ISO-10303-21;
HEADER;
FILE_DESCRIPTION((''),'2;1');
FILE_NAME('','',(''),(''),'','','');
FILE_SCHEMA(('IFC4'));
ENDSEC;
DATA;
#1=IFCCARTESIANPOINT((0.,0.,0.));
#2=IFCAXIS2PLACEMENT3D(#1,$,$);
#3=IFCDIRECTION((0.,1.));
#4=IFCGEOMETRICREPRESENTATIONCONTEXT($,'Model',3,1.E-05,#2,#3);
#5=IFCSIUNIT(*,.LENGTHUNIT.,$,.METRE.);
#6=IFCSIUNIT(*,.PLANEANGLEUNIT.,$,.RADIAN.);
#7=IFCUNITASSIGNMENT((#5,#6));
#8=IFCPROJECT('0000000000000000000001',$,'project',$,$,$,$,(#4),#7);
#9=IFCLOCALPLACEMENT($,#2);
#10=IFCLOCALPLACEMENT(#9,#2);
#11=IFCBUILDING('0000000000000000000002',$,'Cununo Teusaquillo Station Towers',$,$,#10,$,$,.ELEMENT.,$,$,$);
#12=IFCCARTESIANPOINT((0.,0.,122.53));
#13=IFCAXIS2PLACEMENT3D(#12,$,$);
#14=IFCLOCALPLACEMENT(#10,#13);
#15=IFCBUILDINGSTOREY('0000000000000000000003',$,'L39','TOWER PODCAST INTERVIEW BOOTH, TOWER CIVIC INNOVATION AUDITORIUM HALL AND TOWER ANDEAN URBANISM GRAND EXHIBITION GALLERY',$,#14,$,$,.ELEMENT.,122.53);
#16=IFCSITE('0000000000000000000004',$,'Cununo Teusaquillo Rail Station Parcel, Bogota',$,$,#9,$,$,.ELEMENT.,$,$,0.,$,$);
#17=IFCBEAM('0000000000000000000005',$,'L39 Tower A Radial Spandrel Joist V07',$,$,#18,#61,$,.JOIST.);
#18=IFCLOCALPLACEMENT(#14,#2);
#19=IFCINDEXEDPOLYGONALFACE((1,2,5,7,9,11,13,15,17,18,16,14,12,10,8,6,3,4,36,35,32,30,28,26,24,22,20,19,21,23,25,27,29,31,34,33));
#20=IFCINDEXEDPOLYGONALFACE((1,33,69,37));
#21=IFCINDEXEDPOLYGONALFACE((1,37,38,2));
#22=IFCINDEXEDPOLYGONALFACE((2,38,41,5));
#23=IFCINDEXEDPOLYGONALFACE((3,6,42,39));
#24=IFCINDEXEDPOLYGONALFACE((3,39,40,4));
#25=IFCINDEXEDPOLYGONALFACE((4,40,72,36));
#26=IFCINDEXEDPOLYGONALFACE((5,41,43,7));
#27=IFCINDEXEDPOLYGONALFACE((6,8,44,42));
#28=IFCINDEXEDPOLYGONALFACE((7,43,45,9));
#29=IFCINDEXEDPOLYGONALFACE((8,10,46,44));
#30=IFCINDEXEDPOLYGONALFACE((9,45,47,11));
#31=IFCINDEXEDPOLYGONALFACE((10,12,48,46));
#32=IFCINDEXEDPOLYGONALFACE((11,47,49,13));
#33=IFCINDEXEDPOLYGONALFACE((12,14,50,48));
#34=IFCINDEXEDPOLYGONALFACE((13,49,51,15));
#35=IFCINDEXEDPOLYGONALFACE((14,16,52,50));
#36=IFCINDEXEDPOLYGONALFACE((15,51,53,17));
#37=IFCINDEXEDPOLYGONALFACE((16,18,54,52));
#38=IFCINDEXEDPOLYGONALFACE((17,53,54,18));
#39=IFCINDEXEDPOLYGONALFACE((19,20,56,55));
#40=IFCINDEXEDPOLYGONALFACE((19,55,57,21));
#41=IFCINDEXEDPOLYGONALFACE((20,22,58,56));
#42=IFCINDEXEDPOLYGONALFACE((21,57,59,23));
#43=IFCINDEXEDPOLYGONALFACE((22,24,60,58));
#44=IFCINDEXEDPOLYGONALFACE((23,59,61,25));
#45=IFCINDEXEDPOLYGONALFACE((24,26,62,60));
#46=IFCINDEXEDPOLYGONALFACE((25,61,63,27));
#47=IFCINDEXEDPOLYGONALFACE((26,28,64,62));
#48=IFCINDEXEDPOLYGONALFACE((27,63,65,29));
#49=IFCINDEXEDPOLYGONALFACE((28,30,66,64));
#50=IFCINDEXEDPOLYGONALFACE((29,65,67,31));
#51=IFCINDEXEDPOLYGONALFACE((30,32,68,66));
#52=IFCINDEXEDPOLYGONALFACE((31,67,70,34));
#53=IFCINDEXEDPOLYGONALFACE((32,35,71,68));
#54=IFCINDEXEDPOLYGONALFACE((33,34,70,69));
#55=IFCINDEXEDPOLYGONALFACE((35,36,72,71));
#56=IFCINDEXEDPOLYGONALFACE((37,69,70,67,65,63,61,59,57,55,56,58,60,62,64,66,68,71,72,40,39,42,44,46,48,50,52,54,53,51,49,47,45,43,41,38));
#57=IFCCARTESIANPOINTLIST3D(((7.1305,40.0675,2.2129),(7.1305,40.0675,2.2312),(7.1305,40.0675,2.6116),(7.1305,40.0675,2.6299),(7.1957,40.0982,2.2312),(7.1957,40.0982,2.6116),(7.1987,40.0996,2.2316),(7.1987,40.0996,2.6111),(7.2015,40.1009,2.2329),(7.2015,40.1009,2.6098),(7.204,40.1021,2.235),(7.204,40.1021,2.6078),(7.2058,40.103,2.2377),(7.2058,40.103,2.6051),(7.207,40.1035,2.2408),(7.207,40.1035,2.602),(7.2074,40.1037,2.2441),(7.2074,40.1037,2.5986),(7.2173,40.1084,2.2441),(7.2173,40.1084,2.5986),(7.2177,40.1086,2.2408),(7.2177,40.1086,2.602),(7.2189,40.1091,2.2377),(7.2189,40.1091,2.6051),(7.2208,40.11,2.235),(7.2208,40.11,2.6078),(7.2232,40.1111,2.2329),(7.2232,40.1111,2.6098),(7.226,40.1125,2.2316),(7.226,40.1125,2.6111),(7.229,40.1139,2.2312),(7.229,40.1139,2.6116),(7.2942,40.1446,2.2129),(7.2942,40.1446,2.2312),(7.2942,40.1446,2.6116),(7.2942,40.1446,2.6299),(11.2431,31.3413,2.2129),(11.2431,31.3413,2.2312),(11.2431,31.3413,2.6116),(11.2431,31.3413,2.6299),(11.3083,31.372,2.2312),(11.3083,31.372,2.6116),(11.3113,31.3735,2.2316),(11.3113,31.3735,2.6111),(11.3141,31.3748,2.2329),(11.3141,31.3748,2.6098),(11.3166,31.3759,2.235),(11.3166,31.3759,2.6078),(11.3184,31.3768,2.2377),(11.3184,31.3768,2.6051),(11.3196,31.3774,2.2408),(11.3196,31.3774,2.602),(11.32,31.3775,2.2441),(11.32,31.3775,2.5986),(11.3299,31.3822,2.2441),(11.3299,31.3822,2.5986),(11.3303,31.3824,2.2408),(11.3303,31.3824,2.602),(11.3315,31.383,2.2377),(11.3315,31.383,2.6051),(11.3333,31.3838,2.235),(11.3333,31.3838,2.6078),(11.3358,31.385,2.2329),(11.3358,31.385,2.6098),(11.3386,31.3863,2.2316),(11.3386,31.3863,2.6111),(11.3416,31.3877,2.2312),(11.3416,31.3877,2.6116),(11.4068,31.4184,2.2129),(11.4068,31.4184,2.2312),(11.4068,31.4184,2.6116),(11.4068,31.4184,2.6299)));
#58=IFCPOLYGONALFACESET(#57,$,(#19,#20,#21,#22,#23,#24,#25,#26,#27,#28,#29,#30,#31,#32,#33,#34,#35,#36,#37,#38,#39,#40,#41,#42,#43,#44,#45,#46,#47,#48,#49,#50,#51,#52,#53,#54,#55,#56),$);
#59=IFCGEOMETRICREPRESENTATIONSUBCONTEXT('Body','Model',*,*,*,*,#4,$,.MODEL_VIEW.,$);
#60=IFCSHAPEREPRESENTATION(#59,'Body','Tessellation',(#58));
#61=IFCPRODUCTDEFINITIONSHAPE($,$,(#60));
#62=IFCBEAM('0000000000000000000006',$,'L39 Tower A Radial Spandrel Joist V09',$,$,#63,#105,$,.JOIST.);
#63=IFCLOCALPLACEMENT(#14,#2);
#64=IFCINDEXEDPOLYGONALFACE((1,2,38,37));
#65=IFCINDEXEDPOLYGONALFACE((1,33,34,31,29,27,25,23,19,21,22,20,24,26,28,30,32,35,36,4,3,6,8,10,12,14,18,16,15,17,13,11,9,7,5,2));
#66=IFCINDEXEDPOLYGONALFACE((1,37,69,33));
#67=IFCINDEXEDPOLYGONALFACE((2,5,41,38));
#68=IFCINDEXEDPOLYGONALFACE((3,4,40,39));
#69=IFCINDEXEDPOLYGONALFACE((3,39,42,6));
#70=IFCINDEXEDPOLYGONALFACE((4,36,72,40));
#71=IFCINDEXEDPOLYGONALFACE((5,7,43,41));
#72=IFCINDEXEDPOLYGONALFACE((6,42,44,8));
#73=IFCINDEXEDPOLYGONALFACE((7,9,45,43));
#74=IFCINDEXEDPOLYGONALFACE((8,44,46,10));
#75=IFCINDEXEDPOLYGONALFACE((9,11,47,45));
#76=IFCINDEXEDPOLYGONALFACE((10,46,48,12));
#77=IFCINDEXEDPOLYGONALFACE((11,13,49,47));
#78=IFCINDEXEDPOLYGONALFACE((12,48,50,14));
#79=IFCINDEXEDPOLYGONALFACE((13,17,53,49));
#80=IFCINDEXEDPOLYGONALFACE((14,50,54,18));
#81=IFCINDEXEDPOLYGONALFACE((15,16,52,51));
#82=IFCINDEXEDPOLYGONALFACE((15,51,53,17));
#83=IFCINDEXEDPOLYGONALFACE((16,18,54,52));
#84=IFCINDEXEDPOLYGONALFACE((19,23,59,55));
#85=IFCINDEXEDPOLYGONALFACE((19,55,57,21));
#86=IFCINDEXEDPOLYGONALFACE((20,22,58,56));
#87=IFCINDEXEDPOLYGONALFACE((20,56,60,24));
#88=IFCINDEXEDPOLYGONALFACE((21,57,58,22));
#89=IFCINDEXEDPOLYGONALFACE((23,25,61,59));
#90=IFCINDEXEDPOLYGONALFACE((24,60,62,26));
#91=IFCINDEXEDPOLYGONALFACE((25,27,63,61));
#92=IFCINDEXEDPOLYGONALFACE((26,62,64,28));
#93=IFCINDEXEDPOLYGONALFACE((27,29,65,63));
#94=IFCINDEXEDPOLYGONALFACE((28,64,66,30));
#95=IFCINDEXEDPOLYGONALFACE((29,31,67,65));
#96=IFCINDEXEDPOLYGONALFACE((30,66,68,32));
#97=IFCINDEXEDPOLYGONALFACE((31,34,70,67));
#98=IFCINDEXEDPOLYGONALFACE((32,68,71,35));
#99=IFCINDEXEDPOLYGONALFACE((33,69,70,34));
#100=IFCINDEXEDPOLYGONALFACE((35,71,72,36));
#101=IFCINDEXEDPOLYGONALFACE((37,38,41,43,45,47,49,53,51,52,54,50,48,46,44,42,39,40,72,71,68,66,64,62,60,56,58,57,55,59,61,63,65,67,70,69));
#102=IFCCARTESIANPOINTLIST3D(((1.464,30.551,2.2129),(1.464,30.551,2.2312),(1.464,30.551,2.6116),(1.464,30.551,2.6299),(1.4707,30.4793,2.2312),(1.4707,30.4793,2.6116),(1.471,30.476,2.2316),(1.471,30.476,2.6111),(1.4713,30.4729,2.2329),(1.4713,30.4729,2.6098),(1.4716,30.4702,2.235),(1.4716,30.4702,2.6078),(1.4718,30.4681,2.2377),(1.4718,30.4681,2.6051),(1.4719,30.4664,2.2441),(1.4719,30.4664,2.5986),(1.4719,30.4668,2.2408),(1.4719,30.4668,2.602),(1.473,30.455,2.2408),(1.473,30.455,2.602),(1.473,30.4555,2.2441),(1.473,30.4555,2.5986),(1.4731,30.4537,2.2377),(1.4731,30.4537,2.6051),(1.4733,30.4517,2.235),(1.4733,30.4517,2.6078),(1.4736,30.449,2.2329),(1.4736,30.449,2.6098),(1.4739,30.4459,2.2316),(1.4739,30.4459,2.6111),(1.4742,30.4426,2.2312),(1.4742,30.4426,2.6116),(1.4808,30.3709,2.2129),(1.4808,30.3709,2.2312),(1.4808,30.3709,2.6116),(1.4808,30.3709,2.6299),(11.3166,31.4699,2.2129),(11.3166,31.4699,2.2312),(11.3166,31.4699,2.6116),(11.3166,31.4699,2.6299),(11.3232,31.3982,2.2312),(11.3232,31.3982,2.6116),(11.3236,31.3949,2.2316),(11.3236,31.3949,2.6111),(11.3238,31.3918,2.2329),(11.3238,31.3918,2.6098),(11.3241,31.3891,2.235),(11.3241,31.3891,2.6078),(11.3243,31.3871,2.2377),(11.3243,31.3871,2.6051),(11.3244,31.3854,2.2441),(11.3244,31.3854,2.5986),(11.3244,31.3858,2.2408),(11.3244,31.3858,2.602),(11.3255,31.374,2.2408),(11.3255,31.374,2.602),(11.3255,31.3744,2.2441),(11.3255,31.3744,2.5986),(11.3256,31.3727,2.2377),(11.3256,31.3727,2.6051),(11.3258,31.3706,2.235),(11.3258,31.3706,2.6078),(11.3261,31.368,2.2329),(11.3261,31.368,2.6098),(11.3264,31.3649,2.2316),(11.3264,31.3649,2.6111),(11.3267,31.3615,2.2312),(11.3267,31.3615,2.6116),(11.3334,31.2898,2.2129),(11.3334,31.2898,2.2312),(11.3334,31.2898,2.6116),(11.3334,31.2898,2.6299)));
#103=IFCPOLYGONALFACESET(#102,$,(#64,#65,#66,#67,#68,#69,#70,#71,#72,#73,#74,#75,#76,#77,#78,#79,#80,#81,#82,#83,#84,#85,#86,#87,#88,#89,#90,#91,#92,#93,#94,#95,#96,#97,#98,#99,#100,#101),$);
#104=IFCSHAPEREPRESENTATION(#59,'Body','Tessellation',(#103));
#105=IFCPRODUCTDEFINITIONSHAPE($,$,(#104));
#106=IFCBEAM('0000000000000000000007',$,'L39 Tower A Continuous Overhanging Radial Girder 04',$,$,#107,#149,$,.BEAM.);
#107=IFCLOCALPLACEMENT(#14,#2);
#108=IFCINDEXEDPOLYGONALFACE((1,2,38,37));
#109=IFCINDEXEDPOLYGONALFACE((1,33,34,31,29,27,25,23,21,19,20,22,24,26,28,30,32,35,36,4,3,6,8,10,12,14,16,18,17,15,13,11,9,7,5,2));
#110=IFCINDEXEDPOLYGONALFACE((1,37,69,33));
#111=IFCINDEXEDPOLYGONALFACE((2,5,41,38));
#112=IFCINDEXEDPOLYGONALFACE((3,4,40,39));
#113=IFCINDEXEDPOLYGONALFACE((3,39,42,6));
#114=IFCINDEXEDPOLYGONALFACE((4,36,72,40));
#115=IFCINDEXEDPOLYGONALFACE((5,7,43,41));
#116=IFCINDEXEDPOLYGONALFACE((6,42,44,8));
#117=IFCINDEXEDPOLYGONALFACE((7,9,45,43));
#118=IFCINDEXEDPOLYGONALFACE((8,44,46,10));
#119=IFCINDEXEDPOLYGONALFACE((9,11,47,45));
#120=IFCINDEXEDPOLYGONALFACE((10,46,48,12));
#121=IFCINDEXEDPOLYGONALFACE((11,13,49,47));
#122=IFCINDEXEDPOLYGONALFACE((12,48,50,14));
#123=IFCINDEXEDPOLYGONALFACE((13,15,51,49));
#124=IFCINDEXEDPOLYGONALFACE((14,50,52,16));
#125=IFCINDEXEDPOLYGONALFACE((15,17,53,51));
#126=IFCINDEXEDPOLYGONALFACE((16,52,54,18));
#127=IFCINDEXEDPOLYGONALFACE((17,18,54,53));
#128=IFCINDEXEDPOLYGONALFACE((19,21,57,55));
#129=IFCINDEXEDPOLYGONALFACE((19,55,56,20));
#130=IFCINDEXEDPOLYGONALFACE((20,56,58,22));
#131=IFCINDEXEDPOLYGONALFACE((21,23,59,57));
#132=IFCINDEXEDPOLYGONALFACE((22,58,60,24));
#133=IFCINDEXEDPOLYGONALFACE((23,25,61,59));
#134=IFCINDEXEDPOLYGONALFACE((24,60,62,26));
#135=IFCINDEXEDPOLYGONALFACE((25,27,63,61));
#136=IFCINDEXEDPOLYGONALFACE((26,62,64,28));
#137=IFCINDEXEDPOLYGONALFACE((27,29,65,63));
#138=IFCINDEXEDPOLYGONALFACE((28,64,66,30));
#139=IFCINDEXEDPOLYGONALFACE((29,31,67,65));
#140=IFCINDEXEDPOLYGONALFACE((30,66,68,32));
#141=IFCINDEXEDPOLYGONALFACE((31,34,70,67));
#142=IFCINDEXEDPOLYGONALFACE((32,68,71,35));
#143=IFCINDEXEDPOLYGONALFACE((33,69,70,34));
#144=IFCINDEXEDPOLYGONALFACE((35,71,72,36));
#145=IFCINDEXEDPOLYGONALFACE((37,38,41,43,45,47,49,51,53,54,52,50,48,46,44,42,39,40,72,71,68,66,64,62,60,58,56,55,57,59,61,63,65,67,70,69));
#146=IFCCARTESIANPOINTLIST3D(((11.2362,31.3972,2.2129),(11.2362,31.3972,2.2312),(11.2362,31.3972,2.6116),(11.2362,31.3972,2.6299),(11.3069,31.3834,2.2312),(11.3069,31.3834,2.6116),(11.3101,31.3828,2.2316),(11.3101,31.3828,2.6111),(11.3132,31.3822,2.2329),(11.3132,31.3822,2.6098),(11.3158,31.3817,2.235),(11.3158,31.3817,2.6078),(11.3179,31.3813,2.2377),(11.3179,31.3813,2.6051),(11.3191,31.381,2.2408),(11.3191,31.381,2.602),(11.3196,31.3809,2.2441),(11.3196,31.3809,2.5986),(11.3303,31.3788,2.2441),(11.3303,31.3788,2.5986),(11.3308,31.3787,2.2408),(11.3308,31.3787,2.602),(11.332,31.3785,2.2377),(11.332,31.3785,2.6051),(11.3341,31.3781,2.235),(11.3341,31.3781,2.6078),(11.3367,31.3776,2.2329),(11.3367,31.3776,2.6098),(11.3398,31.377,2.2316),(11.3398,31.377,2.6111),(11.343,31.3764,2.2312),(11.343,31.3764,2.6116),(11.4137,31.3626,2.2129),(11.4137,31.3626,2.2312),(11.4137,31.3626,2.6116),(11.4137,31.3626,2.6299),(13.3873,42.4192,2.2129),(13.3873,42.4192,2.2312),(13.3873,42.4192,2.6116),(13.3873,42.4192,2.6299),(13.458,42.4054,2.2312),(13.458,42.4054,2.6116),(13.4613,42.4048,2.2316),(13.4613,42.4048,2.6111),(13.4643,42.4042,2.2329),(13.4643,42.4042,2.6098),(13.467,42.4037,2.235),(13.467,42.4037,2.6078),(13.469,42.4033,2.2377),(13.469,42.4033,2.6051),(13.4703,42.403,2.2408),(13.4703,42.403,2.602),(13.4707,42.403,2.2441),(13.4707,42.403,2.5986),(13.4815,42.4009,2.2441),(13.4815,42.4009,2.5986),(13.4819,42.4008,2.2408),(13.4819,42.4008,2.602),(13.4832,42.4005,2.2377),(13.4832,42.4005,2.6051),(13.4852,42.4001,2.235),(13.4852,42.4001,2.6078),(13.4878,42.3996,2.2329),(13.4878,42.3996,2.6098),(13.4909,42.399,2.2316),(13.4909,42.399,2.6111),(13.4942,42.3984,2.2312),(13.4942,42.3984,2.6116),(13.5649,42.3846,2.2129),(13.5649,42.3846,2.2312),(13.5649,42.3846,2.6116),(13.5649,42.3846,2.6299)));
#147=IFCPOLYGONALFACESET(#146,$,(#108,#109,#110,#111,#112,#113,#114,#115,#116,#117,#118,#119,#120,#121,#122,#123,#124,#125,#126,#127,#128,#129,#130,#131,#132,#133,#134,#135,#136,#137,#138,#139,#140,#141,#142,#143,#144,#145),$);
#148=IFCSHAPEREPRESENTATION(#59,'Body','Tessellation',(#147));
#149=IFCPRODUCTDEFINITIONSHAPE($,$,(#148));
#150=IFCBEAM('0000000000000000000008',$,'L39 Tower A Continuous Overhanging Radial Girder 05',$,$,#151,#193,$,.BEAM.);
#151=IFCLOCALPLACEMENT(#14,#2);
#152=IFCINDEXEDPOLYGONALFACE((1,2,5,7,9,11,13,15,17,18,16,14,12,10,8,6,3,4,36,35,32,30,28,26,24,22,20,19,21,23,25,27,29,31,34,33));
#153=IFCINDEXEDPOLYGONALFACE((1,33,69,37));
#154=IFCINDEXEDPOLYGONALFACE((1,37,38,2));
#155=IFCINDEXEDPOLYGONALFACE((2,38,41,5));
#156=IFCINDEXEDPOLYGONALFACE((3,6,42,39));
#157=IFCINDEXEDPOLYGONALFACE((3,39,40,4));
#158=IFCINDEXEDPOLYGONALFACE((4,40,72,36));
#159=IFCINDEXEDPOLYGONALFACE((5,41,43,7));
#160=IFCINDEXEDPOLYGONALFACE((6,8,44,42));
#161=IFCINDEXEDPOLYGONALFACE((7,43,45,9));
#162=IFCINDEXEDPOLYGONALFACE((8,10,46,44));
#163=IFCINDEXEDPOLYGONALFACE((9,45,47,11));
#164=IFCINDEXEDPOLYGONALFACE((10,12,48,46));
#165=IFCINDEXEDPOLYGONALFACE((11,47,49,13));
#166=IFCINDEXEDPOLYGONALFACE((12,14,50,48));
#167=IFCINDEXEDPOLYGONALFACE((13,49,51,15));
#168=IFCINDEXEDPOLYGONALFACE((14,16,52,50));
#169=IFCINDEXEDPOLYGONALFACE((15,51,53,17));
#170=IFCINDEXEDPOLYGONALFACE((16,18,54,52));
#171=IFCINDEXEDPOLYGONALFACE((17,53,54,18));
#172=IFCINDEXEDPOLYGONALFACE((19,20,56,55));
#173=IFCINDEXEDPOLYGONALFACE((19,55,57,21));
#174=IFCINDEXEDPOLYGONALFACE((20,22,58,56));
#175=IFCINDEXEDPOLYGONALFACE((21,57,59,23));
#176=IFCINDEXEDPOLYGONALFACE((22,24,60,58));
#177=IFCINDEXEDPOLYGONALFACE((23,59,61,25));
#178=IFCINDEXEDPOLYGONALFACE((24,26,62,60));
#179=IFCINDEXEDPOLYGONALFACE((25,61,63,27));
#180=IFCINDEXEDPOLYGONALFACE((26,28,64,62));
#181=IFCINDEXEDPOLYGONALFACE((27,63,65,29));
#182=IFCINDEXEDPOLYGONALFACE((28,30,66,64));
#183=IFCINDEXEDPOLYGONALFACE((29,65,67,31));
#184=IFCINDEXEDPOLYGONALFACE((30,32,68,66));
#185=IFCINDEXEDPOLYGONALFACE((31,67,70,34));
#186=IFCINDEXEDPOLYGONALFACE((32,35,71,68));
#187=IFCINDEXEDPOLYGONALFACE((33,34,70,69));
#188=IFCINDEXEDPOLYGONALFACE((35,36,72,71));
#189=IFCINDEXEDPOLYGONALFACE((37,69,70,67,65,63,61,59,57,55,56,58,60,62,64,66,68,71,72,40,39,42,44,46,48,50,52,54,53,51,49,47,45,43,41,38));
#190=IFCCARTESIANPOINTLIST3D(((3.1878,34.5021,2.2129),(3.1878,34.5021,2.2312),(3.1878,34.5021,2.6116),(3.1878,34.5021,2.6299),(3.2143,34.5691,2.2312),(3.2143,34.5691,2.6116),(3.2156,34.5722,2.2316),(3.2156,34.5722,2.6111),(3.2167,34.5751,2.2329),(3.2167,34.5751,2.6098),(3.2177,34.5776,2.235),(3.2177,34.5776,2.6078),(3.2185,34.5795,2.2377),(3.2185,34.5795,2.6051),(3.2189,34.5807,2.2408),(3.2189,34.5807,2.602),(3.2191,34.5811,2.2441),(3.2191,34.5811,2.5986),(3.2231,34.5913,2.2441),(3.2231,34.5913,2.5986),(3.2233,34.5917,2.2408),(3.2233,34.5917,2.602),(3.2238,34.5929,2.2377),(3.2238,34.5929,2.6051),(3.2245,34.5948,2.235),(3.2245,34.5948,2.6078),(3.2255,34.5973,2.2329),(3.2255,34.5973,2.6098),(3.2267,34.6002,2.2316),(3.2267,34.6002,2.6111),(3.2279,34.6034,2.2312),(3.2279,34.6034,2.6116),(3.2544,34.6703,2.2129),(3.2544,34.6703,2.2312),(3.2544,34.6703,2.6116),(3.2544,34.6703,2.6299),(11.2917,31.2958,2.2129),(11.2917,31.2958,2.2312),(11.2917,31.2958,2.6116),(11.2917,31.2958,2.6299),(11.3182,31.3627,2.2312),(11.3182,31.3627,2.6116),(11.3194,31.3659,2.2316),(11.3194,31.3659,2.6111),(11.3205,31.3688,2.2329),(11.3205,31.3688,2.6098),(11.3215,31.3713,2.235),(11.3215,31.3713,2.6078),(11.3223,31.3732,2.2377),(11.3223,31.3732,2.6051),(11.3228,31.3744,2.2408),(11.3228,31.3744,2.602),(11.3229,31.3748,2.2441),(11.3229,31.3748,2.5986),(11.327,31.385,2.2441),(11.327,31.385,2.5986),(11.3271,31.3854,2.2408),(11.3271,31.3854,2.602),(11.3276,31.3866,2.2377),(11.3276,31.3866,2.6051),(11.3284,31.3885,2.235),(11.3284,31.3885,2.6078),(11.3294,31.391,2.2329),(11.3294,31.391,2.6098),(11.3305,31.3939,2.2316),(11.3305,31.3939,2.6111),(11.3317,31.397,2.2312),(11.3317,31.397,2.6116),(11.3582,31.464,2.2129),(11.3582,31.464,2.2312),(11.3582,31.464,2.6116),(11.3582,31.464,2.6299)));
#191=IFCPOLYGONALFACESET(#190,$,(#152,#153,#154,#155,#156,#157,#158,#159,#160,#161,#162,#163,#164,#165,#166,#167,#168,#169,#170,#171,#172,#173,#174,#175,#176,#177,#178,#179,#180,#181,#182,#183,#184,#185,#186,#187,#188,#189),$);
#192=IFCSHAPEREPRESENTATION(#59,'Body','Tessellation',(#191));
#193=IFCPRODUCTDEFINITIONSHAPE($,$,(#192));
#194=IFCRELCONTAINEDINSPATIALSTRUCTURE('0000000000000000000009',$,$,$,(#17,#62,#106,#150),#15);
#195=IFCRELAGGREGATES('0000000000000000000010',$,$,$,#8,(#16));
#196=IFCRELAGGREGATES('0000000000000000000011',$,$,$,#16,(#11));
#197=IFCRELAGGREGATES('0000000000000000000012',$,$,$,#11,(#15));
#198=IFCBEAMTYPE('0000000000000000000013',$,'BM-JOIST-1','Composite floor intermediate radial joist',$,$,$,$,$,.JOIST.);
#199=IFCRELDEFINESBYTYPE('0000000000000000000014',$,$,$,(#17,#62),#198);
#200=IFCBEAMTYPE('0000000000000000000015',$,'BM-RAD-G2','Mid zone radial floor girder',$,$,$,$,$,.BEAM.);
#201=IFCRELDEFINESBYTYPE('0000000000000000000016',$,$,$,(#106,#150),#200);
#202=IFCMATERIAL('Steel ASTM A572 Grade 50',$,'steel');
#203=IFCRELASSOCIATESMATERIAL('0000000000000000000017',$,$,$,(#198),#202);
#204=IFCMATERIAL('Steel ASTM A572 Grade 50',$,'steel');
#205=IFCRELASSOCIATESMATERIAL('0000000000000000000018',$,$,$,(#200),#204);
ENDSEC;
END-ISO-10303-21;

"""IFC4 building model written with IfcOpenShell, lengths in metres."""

from ifc_helpers import new_model, si_unit, direction, frame, origin, origin_2d, place, context, subcontext, project, spatial, i_section, extrude, material, material_profile, profile_set, type_object, element, save


model = new_model("IFC4")

# Units and contexts
model_context = context("Model", 3, precision=1e-05, world=origin(), true_north=direction((0.0, 1.0)))
body_context = subcontext(model_context, "Body", "Model", "MODEL_VIEW")
ifc_project = project(units=[si_unit("LENGTHUNIT", "METRE"), si_unit("PLANEANGLEUNIT", "RADIAN")], contexts=[model_context])

# Site, building, storey
site_placement = place(None, origin())
site = spatial("IfcSite", under=ifc_project, at=site_placement, Name="Cununo Teusaquillo Rail Station Parcel, Bogota", CompositionType="ELEMENT", RefElevation=0.0)
building_placement = place(site_placement, origin())
building = spatial("IfcBuilding", under=site, at=building_placement, Name="Cununo Teusaquillo Station Towers", CompositionType="ELEMENT")
storey_placement = place(building_placement, frame((0.0, 0.0, 122.53)))
storey = spatial("IfcBuildingStorey", under=building, at=storey_placement, Name="L39", Description="TOWER PODCAST INTERVIEW BOOTH, TOWER CIVIC INNOVATION AUDITORIUM HALL AND TOWER ANDEAN URBANISM GRAND EXHIBITION GALLERY", CompositionType="ELEMENT", Elevation=122.53)

# Beams
ifc_material_1 = material(Name="Steel ASTM A572 Grade 50", Category="steel")
ifc_material_profile_1 = material_profile(ifc_material_1, i_section(OverallWidth=0.1809, OverallDepth=0.417, WebThickness=0.011, FlangeThickness=0.0183, FilletRadius=0.0129, at=origin_2d()), Name="W16X57")
ifc_profile_set_1 = profile_set([ifc_material_profile_1], Name="Steel ASTM A572 Grade 50")
beam_type_1 = type_object("IfcBeamType", Name="BM-JOIST-1", Description="Composite floor intermediate radial joist", PredefinedType="JOIST", material=ifc_profile_set_1)
beam_1_placement = place(storey_placement, frame((11.325, 31.3799, 2.4214), z_axis=(-0.42632, 0.904572, 0.0), x_axis=(-0.904572, -0.42632, 0.0)))
element("IfcBeam", 1, at=beam_1_placement, inside=storey, type_object=beam_type_1, Name="L39 Tower A Radial Spandrel Joist V07", PredefinedType="JOIST", context=body_context, shape_type="SweptSolid", body=[
    extrude(i_section(OverallWidth=0.1809, OverallDepth=0.417, WebThickness=0.011, FlangeThickness=0.0183, FilletRadius=0.0129, at=origin_2d()), origin(), (0.0, 0.0, 1.0), 9.6467),
])
beam_2_placement = place(storey_placement, frame((11.325, 31.3799, 2.4214), z_axis=(-0.995679, -0.092867, 0.0), x_axis=(0.092867, -0.995679, 0.0)))
element("IfcBeam", 2, at=beam_2_placement, inside=storey, type_object=beam_type_1, Name="L39 Tower A Radial Spandrel Joist V09", PredefinedType="JOIST", context=body_context, shape_type="SweptSolid", body=[
    extrude(i_section(OverallWidth=0.1809, OverallDepth=0.417, WebThickness=0.011, FlangeThickness=0.0183, FilletRadius=0.0129, at=origin_2d()), origin(), (0.0, 0.0, 1.0), 9.8953),
])
ifc_material_2 = material(Name="Steel ASTM A572 Grade 50", Category="steel")
ifc_material_profile_2 = material_profile(ifc_material_2, i_section(OverallWidth=0.1809, OverallDepth=0.417, WebThickness=0.011, FlangeThickness=0.0183, FilletRadius=0.0129, at=origin_2d()), Name="W16X57")
ifc_profile_set_2 = profile_set([ifc_material_profile_2], Name="Steel ASTM A572 Grade 50")
beam_type_2 = type_object("IfcBeamType", Name="BM-RAD-G2", Description="Mid zone radial floor girder", PredefinedType="BEAM", material=ifc_profile_set_2)
beam_3_placement = place(storey_placement, frame((11.325, 31.3799, 2.4214), z_axis=(0.191553, 0.981482, 0.0), x_axis=(-0.981482, 0.191553, 0.0)))
element("IfcBeam", 3, at=beam_3_placement, inside=storey, type_object=beam_type_2, Name="L39 Tower A Continuous Overhanging Radial Girder 04", PredefinedType="BEAM", context=body_context, shape_type="SweptSolid", body=[
    extrude(i_section(OverallWidth=0.1809, OverallDepth=0.417, WebThickness=0.011, FlangeThickness=0.0183, FilletRadius=0.0129, at=origin_2d()), origin(), (0.0, 0.0, 1.0), 11.23),
])
beam_4_placement = place(storey_placement, frame((11.325, 31.3799, 2.4214), z_axis=(-0.929863, 0.367906, 0.0), x_axis=(-0.367906, -0.929863, 0.0)))
element("IfcBeam", 4, at=beam_4_placement, inside=storey, type_object=beam_type_2, Name="L39 Tower A Continuous Overhanging Radial Girder 05", PredefinedType="BEAM", context=body_context, shape_type="SweptSolid", body=[
    extrude(i_section(OverallWidth=0.1809, OverallDepth=0.417, WebThickness=0.011, FlangeThickness=0.0183, FilletRadius=0.0129, at=origin_2d()), origin(), (0.0, 0.0, 1.0), 8.7151),
])

save(model, "model.ifc")
